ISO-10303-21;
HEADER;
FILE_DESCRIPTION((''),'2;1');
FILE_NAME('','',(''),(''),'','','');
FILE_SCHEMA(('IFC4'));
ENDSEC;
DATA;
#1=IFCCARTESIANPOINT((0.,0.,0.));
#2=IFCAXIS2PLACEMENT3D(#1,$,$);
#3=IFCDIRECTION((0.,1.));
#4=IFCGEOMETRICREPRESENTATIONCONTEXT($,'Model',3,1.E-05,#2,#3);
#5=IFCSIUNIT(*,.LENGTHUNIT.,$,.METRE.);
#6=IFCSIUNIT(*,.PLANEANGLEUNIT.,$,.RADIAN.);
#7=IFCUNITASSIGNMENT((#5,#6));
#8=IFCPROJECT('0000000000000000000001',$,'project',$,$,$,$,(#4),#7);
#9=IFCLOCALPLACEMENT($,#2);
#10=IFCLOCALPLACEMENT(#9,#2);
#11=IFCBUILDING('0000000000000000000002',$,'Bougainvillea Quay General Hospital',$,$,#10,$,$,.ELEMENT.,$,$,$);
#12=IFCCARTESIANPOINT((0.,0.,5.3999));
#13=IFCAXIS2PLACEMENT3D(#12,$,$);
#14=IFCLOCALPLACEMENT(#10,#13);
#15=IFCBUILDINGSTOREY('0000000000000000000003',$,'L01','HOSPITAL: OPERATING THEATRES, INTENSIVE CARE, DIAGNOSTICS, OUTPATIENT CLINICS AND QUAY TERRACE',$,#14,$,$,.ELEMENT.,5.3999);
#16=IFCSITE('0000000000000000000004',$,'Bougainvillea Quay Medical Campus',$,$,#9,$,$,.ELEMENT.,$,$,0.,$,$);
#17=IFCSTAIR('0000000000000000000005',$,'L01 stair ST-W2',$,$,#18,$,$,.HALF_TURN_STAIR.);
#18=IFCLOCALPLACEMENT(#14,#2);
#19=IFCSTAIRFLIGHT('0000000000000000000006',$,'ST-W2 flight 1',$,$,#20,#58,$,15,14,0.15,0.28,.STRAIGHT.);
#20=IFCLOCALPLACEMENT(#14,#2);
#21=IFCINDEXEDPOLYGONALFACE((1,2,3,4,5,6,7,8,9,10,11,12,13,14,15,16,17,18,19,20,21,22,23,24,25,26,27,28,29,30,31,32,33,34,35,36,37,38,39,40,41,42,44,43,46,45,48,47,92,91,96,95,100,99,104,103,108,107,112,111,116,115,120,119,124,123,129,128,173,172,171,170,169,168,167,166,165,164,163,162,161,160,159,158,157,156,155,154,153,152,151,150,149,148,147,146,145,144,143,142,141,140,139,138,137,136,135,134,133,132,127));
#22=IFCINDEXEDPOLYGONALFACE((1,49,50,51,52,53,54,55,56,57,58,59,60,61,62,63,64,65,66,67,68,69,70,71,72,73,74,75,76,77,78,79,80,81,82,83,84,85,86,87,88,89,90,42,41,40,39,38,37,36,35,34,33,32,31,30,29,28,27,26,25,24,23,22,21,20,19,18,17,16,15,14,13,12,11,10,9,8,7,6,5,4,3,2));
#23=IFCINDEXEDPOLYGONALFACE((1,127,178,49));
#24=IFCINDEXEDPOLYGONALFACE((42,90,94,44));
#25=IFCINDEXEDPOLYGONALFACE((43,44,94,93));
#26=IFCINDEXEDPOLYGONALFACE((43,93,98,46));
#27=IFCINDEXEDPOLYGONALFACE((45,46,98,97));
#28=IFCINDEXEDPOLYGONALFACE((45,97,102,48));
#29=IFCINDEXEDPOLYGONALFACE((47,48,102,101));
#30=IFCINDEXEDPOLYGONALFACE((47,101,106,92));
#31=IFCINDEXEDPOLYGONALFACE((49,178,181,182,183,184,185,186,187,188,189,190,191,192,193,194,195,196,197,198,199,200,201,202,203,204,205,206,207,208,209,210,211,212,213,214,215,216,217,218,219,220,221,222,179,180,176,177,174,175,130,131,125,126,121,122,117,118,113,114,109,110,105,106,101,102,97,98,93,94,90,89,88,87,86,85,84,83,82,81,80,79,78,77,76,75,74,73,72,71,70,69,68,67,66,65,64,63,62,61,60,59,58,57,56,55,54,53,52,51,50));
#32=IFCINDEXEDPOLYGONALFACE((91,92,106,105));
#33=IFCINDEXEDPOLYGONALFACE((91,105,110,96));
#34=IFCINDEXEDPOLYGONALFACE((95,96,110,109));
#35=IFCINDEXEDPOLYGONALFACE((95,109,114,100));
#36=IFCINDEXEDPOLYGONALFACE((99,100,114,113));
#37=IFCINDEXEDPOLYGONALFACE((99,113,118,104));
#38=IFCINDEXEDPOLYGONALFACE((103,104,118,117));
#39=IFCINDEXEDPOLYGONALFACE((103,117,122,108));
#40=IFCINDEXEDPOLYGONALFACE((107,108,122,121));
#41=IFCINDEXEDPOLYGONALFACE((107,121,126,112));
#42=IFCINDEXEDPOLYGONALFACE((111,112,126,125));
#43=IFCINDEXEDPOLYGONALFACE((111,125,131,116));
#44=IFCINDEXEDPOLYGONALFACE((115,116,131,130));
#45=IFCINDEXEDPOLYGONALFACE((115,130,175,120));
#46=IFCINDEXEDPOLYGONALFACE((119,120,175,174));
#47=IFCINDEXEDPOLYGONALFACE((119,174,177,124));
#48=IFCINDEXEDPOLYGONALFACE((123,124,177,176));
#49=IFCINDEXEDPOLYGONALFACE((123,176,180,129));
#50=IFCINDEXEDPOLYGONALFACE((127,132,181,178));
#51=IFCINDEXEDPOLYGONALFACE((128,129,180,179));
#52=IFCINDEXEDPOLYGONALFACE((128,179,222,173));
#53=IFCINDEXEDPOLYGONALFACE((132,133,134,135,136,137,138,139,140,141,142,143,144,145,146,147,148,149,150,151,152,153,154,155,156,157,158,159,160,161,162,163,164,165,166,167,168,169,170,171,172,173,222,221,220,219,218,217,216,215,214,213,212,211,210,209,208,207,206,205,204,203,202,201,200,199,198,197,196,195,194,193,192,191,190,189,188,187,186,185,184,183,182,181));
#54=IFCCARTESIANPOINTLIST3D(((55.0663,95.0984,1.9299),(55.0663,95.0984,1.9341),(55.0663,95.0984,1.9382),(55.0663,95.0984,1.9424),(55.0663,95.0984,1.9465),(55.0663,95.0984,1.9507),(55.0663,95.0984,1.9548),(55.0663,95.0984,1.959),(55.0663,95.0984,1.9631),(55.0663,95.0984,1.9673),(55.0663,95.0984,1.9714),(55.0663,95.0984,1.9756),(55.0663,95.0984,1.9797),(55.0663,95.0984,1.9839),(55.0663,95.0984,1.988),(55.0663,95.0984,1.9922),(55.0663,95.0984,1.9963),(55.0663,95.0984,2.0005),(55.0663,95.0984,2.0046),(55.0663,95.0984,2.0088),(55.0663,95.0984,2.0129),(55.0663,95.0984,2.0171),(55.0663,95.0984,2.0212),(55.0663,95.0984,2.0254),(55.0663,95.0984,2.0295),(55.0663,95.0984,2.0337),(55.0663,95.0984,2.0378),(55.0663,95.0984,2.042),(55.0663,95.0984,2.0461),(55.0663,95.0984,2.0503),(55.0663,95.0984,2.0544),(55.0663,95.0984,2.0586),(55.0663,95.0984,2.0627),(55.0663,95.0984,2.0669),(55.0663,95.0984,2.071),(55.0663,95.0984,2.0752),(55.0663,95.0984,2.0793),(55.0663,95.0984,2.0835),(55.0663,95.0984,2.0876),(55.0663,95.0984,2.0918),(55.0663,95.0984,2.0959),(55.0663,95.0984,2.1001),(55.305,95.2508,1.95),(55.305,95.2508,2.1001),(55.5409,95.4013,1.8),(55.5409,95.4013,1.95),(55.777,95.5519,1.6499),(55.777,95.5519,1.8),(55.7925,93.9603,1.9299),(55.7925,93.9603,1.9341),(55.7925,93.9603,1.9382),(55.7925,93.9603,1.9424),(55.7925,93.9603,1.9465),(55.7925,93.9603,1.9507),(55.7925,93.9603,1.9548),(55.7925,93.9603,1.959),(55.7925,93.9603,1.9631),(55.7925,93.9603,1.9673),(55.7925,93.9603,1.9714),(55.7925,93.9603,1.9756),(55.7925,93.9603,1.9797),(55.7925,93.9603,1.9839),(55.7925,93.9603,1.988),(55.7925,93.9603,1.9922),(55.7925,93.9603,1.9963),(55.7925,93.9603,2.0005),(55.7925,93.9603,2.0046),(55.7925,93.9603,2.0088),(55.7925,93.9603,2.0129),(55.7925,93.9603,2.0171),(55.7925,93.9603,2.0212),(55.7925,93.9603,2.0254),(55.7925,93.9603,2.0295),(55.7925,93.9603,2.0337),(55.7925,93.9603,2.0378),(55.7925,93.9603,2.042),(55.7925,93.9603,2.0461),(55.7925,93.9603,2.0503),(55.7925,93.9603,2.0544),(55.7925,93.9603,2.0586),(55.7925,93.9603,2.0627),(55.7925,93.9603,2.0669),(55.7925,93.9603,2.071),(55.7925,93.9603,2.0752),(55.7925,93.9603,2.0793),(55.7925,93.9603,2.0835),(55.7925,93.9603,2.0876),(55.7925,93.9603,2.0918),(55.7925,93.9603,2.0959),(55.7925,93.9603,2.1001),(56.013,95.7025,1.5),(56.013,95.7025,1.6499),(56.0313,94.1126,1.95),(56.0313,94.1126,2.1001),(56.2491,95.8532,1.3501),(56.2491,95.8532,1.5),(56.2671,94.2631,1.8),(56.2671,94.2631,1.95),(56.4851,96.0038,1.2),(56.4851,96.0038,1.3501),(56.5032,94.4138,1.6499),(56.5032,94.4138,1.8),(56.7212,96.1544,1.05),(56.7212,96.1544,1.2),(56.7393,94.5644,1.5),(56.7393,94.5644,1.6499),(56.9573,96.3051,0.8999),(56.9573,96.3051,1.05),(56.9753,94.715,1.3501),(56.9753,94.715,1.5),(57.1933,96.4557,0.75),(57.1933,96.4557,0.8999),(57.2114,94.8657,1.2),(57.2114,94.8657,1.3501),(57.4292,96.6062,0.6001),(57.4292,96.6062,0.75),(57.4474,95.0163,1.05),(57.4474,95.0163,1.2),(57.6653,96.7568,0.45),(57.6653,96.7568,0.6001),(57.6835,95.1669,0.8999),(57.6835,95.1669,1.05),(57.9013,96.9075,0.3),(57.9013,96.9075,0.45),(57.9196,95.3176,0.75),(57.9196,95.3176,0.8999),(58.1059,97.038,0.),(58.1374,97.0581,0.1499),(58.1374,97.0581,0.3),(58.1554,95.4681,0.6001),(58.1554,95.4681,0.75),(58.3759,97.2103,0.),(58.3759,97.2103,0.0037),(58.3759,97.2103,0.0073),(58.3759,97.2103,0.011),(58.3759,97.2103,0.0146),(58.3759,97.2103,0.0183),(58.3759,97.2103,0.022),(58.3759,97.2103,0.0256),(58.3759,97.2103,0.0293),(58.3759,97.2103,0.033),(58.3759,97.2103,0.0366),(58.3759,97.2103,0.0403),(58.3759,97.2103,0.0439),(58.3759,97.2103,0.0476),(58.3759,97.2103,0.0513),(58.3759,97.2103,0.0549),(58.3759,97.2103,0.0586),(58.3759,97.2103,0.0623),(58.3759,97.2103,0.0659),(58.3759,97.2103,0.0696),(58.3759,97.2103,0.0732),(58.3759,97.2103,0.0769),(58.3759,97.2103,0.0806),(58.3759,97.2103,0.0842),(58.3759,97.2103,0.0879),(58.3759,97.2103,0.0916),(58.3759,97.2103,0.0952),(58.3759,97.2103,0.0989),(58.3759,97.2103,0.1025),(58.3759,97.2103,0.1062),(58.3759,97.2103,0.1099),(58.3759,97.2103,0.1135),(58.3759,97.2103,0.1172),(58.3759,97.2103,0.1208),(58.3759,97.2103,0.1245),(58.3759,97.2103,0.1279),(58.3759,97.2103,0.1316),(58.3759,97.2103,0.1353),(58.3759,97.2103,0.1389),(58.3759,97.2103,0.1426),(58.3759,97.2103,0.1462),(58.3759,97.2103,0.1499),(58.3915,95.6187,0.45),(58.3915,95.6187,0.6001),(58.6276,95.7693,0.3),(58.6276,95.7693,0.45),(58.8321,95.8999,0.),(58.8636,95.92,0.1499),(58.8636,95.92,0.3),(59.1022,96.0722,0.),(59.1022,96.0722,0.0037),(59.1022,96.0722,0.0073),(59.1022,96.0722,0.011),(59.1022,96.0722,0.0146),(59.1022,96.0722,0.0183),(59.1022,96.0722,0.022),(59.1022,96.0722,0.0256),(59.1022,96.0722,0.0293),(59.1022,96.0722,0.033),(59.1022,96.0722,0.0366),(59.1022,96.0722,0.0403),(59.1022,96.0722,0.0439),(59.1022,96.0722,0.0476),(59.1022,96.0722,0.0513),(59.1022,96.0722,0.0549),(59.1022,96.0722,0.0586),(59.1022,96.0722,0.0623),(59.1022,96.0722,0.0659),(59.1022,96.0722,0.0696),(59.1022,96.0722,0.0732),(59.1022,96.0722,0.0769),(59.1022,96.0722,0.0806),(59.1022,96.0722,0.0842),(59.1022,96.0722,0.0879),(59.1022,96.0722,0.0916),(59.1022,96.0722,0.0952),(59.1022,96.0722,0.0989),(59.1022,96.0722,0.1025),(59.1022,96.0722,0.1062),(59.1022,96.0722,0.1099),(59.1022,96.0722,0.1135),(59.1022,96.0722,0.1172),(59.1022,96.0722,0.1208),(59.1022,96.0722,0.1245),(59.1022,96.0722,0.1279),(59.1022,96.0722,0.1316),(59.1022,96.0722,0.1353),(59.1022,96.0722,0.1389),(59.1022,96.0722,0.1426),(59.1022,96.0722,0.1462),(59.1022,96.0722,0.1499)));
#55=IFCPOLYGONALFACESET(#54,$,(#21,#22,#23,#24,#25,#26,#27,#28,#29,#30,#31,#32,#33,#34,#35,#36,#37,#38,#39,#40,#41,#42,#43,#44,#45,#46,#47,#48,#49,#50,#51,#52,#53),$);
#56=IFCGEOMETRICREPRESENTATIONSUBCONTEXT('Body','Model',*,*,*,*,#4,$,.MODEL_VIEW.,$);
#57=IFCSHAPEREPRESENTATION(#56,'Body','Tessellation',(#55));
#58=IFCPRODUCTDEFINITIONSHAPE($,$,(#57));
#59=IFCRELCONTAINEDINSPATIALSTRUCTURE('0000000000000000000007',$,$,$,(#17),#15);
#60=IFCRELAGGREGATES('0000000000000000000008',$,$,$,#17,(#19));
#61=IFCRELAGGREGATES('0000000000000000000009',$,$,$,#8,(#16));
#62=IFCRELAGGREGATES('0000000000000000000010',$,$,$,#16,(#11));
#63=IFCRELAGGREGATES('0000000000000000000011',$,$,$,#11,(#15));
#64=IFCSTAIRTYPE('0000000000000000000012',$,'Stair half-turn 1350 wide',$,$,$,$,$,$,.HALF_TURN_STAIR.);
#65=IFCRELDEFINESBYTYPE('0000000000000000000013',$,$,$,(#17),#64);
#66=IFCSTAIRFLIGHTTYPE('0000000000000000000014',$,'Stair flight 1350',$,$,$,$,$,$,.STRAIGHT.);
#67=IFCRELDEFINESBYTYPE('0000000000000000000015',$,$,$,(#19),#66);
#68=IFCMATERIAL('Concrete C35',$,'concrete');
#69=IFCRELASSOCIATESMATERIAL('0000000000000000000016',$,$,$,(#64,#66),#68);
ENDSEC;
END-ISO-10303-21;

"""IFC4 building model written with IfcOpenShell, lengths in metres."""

from ifc_helpers import new_model, si_unit, direction, frame, origin, place, context, subcontext, project, spatial, polyline, outline, extrude, material, type_object, element, aggregate, save


model = new_model("IFC4")

# Units and contexts
model_context = context("Model", 3, precision=1e-05, world=origin(), true_north=direction((0.0, 1.0)))
body_context = subcontext(model_context, "Body", "Model", "MODEL_VIEW")
ifc_project = project(units=[si_unit("LENGTHUNIT", "METRE"), si_unit("PLANEANGLEUNIT", "RADIAN")], contexts=[model_context])

# Site, building, storey
site_placement = place(None, origin())
site = spatial("IfcSite", under=ifc_project, at=site_placement, Name="Bougainvillea Quay Medical Campus", CompositionType="ELEMENT", RefElevation=0.0)
building_placement = place(site_placement, origin())
building = spatial("IfcBuilding", under=site, at=building_placement, Name="Bougainvillea Quay General Hospital", CompositionType="ELEMENT")
storey_placement = place(building_placement, frame((0.0, 0.0, 5.3999)))
storey = spatial("IfcBuildingStorey", under=building, at=storey_placement, Name="L01", Description="HOSPITAL: OPERATING THEATRES, INTENSIVE CARE, DIAGNOSTICS, OUTPATIENT CLINICS AND QUAY TERRACE", CompositionType="ELEMENT", Elevation=5.3999)

# Stair, stair flight
ifc_material_1 = material(Name="Concrete C35", Category="concrete")
stair_type = type_object("IfcStairType", Name="Stair half-turn 1350 wide", PredefinedType="HALF_TURN_STAIR", material=ifc_material_1)
stair_placement = place(storey_placement, origin())
stair = element("IfcStair", 1, at=stair_placement, inside=storey, type_object=stair_type, Name="L01 stair ST-W2", PredefinedType="HALF_TURN_STAIR")
stair_flight_type = type_object("IfcStairFlightType", Name="Stair flight 1350", PredefinedType="STRAIGHT", material=ifc_material_1)
stair_flight_placement = place(storey_placement, frame((58.7366, 96.6396, 0.0), z_axis=(0.0, 0.0, 1.0), x_axis=(-0.842999, -0.537915, 0.0)))
stair_flight = element("IfcStairFlight", 2, at=stair_flight_placement, type_object=stair_flight_type, Name="ST-W2 flight 1", NumberOfRisers=15, NumberOfTreads=14, PredefinedType="STRAIGHT", RiserHeight=0.15, TreadLength=0.28, context=body_context, shape_type="SweptSolid", body=[
    extrude(outline(polyline([(-0.0029, 0.0), (-0.0029, 0.0037), (-0.0029, 0.0073), (-0.0029, 0.011), (-0.0029, 0.0146), (-0.0029, 0.0183), (-0.0029, 0.022), (-0.0029, 0.0256), (-0.0029, 0.0293), (-0.0029, 0.033), (-0.0029, 0.0366), (-0.0029, 0.0403), (-0.0029, 0.0439), (-0.0029, 0.0476), (-0.0029, 0.0513), (-0.0029, 0.0549), (-0.0029, 0.0586), (-0.0029, 0.0623), (-0.0029, 0.0659), (-0.0029, 0.0696), (-0.0029, 0.0732), (-0.0029, 0.0769), (-0.0029, 0.0806), (-0.0029, 0.0842), (-0.0029, 0.0879), (-0.0029, 0.0916), (-0.0029, 0.0952), (-0.0029, 0.0989), (-0.0029, 0.1025), (-0.0029, 0.1062), (-0.0029, 0.1099), (-0.0029, 0.1135), (-0.0029, 0.1172), (-0.0029, 0.1208), (-0.0029, 0.1245), (-0.0029, 0.1279), (-0.0029, 0.1316), (-0.0029, 0.1353), (-0.0029, 0.1389), (-0.0029, 0.1426), (-0.0029, 0.1462), (-0.0029, 0.1499), (0.28, 0.1499), (0.28, 0.3), (0.5601, 0.3), (0.5601, 0.45), (0.8401, 0.45), (0.8401, 0.6001), (1.1201, 0.6001), (1.1201, 0.75), (1.3999, 0.75), (1.3999, 0.8999), (1.6799, 0.8999), (1.6799, 1.05), (1.96, 1.05), (1.96, 1.2), (2.24, 1.2), (2.24, 1.3501), (2.52, 1.3501), (2.52, 1.5), (2.8, 1.5), (2.8, 1.6499), (3.0801, 1.6499), (3.0801, 1.8), (3.3601, 1.8), (3.3601, 1.95), (3.6399, 1.95), (3.6399, 2.1001), (3.9231, 2.1001), (3.9231, 2.0959), (3.9231, 2.0918), (3.9231, 2.0876), (3.9231, 2.0835), (3.9231, 2.0793), (3.9231, 2.0752), (3.9231, 2.071), (3.9231, 2.0669), (3.9231, 2.0627), (3.9231, 2.0586), (3.9231, 2.0544), (3.9231, 2.0503), (3.9231, 2.0461), (3.9231, 2.042), (3.9231, 2.0378), (3.9231, 2.0337), (3.9231, 2.0295), (3.9231, 2.0254), (3.9231, 2.0212), (3.9231, 2.0171), (3.9231, 2.0129), (3.9231, 2.0088), (3.9231, 2.0046), (3.9231, 2.0005), (3.9231, 1.9963), (3.9231, 1.9922), (3.9231, 1.988), (3.9231, 1.9839), (3.9231, 1.9797), (3.9231, 1.9756), (3.9231, 1.9714), (3.9231, 1.9673), (3.9231, 1.9631), (3.9231, 1.959), (3.9231, 1.9548), (3.9231, 1.9507), (3.9231, 1.9465), (3.9231, 1.9424), (3.9231, 1.9382), (3.9231, 1.9341), (3.9231, 1.9299), (0.3174, 0.0), (-0.0029, 0.0)])), frame((0.0, 0.675, 0.0), z_axis=(0.0, -1.0, 0.0), x_axis=(1.0, 0.0, 0.0)), (0.0, 0.0, 1.0), 1.3501),
])
aggregate(stair, [stair_flight])

save(model, "model.ifc")
